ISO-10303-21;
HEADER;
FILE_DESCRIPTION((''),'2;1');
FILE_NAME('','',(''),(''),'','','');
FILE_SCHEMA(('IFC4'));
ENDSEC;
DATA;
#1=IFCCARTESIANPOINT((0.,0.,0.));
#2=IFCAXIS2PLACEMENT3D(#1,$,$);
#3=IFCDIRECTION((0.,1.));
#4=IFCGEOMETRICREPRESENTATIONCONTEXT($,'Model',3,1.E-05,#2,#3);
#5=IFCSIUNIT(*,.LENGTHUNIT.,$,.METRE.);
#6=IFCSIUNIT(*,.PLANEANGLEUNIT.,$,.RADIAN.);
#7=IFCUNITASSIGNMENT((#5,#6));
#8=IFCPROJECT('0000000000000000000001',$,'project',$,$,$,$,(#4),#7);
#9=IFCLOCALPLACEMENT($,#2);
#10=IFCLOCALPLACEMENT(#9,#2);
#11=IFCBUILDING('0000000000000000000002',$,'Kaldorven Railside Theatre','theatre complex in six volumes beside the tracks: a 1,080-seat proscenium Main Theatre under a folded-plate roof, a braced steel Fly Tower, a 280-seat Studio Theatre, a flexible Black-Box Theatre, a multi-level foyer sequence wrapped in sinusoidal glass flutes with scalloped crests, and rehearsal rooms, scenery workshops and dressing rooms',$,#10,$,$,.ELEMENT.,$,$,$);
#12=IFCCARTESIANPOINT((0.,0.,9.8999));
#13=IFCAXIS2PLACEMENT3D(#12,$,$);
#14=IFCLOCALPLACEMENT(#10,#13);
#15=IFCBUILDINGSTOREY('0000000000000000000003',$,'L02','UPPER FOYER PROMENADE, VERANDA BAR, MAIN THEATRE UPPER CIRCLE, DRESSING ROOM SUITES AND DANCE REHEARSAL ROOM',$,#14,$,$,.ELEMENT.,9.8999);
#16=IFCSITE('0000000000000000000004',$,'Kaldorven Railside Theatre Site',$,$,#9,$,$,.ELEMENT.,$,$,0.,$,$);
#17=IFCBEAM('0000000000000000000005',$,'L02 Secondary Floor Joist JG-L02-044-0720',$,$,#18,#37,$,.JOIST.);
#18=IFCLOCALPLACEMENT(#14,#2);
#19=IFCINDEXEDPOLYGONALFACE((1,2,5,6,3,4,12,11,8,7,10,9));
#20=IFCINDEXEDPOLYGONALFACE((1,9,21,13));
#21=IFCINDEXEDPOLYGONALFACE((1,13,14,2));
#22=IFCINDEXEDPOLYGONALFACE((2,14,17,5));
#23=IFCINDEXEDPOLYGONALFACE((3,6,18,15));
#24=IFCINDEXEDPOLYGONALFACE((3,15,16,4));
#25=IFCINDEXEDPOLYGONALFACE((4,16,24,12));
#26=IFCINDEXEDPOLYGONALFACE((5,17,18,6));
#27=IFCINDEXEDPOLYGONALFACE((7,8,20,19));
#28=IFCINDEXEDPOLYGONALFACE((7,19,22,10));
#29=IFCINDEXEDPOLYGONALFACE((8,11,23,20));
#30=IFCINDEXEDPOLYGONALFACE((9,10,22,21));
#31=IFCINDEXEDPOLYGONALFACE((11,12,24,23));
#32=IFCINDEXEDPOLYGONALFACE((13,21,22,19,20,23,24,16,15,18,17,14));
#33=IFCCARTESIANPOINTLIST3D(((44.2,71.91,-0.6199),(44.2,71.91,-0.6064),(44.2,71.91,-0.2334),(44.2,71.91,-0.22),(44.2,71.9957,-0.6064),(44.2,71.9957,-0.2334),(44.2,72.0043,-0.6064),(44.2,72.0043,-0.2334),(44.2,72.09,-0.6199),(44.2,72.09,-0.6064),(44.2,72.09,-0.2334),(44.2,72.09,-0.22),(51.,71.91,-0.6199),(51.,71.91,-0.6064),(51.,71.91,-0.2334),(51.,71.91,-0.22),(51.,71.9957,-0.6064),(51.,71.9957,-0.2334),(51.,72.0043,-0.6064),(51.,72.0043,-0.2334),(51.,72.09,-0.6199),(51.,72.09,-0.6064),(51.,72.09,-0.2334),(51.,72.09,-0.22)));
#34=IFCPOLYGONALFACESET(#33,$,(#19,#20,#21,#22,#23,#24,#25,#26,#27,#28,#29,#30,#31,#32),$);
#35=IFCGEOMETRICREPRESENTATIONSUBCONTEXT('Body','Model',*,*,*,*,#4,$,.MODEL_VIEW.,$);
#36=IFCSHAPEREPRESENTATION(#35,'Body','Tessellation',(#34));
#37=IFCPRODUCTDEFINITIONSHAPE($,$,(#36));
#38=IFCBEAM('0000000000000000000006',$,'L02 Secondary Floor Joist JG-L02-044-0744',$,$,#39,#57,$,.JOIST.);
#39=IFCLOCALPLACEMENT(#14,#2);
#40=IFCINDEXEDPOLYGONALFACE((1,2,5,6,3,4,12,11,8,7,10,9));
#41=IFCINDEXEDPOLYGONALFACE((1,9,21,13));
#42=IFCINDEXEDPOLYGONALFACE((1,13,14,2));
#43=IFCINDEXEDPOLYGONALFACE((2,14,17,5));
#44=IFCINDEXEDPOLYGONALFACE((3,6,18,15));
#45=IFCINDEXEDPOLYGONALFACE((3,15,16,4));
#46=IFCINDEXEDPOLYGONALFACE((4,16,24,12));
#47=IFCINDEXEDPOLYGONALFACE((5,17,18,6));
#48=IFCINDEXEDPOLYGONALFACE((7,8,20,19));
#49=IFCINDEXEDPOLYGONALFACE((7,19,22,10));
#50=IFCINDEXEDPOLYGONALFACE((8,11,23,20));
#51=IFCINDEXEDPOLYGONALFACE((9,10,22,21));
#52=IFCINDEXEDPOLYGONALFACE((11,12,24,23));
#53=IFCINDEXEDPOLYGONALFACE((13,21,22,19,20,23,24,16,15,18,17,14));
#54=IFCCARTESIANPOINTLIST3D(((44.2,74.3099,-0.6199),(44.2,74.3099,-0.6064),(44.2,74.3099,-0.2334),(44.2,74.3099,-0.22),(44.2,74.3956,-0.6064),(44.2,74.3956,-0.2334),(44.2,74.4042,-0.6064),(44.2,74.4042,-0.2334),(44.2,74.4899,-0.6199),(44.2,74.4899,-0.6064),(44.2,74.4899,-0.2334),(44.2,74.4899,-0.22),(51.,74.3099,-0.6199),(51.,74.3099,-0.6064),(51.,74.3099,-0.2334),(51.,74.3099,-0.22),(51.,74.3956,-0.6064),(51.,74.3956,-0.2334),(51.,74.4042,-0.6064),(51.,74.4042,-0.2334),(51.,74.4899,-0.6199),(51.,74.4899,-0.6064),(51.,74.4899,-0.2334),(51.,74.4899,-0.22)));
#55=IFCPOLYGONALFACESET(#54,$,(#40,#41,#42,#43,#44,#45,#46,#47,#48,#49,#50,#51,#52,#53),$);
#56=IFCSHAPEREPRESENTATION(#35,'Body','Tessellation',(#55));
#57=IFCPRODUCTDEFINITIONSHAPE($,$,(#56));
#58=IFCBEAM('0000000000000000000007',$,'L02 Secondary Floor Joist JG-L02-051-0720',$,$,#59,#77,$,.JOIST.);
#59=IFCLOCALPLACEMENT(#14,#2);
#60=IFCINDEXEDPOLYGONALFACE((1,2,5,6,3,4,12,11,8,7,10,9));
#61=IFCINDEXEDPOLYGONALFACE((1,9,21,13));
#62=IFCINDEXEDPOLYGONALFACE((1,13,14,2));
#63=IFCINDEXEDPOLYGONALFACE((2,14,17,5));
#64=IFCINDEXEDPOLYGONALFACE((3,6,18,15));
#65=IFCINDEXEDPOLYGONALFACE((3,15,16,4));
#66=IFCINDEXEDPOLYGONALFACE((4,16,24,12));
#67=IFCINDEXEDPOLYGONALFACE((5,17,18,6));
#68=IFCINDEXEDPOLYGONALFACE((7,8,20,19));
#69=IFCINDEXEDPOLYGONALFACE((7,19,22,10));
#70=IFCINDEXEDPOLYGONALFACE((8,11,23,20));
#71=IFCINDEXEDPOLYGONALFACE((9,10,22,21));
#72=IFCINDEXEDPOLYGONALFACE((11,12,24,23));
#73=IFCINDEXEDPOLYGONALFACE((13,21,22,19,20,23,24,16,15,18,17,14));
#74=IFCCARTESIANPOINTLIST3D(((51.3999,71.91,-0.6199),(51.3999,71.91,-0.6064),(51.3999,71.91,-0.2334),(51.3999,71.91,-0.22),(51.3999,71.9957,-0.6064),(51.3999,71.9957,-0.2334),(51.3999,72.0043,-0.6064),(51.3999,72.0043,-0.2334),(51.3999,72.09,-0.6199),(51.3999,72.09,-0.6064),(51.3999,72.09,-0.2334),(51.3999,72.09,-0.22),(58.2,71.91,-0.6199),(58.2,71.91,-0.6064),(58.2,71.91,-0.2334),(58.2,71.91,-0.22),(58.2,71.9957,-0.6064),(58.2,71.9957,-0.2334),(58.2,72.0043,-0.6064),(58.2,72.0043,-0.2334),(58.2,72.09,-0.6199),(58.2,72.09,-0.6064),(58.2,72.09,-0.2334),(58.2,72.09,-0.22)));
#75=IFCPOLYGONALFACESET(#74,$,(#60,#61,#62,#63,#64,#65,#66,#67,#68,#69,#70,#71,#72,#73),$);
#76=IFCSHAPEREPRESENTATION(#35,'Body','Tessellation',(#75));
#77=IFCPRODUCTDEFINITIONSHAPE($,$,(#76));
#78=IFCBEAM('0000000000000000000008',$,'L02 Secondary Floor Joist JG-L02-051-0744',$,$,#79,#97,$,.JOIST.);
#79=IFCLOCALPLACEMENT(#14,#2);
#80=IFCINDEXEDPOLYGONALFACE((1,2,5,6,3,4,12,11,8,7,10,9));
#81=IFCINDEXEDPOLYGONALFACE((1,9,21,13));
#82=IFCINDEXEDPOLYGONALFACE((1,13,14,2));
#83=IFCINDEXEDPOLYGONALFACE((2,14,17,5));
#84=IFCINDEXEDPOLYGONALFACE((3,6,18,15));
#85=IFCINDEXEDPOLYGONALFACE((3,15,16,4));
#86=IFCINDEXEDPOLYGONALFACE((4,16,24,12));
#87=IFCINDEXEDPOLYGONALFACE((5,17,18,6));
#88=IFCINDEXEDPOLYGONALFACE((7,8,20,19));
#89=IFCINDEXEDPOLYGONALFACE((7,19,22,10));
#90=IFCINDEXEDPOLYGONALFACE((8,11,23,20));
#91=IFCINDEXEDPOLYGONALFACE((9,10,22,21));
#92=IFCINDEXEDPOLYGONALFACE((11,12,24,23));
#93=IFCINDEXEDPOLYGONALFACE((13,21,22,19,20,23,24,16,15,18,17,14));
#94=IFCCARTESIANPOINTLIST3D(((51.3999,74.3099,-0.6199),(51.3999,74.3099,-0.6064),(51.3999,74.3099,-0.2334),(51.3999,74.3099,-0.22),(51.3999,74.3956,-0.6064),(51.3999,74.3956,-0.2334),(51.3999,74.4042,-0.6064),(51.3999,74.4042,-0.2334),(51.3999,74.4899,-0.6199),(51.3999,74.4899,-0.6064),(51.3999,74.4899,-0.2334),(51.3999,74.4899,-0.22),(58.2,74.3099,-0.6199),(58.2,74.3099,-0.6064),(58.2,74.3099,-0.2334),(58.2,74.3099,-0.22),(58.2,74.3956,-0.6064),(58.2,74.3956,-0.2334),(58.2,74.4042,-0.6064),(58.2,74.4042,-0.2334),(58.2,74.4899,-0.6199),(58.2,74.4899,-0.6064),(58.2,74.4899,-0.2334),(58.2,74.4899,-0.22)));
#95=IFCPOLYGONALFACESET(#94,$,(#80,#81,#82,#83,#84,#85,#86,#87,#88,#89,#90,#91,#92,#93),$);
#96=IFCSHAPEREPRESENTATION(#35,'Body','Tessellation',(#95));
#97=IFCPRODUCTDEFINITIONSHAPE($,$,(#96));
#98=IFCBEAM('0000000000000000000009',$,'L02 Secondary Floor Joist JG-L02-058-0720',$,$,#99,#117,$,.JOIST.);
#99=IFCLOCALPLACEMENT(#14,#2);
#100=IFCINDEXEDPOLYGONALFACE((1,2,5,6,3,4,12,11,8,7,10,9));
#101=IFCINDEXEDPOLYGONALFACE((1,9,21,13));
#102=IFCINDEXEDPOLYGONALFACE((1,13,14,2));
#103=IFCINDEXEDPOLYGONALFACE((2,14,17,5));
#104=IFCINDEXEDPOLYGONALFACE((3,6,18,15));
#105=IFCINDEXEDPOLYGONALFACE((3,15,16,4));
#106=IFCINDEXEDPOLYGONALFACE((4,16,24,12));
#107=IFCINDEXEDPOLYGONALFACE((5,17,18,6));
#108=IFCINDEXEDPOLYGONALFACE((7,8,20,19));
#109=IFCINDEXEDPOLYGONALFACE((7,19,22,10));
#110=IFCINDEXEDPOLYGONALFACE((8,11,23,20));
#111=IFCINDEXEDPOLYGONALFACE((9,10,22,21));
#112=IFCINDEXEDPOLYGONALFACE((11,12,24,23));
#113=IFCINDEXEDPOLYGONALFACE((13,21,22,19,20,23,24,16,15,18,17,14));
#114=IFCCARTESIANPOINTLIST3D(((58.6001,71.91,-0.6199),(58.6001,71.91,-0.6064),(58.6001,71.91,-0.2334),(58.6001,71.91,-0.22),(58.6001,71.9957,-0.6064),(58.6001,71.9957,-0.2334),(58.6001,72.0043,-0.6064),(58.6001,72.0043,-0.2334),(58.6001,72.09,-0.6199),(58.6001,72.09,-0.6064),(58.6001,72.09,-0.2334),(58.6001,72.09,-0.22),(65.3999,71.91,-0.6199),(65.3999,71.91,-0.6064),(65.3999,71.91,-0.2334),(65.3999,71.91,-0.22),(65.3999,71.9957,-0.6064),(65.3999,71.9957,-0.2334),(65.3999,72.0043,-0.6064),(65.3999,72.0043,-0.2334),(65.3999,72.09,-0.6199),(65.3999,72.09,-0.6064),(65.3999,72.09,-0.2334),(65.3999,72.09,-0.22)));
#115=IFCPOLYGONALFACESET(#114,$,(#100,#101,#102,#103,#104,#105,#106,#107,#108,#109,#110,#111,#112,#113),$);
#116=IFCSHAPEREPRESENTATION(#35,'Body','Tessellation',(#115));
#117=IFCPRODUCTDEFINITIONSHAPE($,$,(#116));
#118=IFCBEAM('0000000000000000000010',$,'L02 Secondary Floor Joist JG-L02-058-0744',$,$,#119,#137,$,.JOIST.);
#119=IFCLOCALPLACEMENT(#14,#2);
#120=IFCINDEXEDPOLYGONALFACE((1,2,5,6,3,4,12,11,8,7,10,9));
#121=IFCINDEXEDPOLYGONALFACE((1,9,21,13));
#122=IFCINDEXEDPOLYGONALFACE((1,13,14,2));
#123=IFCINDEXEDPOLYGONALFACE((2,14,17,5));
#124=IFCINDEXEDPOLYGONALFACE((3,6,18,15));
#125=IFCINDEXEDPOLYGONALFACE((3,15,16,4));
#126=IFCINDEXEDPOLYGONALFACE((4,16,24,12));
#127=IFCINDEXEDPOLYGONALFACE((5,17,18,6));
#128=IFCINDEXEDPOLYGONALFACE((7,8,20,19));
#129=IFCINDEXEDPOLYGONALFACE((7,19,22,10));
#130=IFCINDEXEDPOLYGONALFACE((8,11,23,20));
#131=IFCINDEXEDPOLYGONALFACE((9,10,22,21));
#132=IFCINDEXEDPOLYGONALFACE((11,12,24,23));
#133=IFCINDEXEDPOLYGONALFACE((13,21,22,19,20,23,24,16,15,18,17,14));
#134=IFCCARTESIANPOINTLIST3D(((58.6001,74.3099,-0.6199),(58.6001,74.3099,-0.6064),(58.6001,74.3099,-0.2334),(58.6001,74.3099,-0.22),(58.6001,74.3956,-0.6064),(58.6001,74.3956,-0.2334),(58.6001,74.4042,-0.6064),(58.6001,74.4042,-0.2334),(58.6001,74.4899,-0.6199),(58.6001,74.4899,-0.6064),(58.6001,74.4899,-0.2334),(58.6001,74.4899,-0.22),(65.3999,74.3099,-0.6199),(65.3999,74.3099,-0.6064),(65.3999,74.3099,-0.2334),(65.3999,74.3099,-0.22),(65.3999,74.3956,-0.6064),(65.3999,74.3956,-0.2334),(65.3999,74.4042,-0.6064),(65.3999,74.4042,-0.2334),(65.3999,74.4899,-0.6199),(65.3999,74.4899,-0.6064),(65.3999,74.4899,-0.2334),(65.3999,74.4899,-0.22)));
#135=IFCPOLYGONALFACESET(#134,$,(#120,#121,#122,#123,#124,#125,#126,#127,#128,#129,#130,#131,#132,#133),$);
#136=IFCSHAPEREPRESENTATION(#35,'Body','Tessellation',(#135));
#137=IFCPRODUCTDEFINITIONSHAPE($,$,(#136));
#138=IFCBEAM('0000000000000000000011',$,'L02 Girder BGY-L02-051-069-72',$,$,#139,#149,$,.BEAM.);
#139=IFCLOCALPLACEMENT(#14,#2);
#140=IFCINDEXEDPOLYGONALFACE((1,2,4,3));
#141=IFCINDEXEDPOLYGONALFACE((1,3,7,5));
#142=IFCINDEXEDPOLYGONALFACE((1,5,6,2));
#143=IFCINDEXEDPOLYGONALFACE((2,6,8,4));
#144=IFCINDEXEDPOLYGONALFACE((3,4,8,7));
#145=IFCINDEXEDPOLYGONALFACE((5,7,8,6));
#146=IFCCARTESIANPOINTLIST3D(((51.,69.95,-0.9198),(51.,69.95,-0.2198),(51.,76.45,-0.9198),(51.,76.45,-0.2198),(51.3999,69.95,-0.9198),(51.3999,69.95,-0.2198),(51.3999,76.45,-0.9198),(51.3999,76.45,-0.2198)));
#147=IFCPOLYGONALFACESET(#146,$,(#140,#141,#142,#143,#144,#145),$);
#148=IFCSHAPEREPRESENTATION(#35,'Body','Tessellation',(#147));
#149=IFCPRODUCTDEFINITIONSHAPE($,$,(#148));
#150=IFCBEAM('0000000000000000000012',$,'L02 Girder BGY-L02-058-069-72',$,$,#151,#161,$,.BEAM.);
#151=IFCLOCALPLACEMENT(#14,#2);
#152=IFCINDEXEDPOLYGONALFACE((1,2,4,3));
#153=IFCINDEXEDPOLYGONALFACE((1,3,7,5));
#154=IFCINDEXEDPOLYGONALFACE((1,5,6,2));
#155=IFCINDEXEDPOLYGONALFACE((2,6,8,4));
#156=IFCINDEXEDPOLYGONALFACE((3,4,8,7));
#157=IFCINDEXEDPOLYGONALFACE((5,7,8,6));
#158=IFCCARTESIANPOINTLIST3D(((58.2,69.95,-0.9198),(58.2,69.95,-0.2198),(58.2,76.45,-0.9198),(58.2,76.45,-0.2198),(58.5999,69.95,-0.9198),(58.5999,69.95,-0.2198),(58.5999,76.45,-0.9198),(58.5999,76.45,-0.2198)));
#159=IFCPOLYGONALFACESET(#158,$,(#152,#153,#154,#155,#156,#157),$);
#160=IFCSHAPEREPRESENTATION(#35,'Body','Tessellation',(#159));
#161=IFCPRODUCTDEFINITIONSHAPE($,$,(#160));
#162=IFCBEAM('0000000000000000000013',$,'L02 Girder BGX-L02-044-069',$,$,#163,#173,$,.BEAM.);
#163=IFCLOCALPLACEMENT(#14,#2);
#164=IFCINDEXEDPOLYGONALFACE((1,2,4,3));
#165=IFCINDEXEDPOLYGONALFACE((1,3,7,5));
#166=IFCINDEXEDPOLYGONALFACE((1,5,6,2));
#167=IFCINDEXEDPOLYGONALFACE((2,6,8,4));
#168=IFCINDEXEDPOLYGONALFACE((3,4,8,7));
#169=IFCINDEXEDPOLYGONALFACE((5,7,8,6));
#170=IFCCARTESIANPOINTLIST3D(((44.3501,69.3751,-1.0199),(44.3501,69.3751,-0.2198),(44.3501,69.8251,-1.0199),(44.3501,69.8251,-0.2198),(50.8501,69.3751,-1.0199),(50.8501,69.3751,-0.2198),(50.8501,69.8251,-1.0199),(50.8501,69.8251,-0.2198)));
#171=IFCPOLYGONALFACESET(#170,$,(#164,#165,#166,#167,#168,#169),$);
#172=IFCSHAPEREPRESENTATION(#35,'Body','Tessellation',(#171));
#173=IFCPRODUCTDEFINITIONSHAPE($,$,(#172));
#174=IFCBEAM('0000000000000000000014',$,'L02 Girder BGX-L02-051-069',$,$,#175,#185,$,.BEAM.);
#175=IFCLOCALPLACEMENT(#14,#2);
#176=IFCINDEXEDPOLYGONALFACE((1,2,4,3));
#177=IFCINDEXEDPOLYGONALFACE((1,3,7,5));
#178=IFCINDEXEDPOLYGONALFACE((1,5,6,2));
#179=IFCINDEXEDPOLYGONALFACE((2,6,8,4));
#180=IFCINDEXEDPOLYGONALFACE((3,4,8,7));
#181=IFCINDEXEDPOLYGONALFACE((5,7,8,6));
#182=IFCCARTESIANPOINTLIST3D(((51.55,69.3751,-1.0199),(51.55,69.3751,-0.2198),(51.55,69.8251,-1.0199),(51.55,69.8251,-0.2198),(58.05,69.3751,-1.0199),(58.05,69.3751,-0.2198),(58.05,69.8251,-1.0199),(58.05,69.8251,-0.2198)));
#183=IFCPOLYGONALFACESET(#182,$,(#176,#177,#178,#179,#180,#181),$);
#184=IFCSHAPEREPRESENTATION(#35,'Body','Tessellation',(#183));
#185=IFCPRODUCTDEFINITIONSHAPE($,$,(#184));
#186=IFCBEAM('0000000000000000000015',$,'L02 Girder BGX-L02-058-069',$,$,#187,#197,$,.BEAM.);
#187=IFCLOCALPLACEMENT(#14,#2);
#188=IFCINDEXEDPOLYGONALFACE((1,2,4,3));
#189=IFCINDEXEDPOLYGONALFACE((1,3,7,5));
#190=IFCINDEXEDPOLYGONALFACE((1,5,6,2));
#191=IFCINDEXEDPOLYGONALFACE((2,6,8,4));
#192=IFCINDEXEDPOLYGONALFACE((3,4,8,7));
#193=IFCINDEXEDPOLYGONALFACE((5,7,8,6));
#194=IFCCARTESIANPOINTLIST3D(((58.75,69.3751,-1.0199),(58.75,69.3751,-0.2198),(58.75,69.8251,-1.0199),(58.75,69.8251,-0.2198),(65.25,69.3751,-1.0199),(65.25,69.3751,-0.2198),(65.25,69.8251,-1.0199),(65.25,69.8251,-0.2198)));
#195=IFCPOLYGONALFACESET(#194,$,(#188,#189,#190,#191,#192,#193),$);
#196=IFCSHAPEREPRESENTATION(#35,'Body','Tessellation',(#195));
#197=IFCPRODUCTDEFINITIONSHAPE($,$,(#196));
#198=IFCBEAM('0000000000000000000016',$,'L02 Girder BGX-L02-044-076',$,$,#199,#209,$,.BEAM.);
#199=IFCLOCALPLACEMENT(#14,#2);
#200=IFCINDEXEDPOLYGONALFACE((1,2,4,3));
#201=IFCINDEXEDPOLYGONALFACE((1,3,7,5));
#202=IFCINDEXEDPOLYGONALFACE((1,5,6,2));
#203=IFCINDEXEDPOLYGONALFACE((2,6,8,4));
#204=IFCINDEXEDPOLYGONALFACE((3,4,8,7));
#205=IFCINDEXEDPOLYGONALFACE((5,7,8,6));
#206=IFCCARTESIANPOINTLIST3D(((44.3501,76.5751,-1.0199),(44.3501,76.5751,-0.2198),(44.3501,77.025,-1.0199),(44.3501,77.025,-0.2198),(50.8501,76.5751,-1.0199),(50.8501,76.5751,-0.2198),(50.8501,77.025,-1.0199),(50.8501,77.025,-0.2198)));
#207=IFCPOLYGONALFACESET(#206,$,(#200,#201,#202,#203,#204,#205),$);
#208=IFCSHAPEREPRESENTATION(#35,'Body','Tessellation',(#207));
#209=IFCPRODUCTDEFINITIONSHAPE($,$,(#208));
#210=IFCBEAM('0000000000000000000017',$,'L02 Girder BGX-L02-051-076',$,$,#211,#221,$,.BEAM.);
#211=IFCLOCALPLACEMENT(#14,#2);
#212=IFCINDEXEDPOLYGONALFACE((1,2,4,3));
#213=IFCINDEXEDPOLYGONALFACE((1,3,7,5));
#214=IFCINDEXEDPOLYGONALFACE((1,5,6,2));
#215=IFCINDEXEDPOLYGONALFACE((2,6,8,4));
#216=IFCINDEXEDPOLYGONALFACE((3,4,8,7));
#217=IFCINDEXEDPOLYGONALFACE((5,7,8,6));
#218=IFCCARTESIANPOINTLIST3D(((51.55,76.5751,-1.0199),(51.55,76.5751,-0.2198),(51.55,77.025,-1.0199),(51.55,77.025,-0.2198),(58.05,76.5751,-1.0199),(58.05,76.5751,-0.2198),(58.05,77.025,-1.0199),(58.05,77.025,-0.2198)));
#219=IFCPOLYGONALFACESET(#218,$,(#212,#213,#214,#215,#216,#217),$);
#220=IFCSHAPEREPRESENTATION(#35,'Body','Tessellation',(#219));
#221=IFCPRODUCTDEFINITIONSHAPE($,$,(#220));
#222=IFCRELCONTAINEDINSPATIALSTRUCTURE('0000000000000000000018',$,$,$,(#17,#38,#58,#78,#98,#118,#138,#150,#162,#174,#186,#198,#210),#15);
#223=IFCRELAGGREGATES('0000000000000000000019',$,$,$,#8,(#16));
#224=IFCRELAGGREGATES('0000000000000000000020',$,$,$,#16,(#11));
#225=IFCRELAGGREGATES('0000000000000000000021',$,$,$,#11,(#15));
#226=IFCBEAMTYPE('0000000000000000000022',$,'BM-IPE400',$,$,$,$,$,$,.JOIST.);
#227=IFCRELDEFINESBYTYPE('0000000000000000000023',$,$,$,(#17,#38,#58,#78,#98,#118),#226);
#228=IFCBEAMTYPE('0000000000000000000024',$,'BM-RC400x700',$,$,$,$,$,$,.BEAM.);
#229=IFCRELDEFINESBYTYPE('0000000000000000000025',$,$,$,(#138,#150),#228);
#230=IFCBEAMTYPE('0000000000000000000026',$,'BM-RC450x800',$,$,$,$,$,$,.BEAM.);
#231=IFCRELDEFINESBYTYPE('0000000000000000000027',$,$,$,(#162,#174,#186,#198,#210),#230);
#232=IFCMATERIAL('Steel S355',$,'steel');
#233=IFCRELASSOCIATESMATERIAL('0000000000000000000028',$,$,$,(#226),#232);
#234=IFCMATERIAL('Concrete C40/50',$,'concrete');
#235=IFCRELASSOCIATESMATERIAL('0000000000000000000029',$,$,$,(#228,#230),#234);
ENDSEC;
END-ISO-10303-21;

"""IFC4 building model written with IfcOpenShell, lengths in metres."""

from ifc_helpers import new_model, si_unit, direction, frame, origin, origin_2d, place, context, subcontext, project, spatial, rectangle, i_section, extrude, material, material_profile, profile_set, type_object, element, save


model = new_model("IFC4")

# Units and contexts
model_context = context("Model", 3, precision=1e-05, world=origin(), true_north=direction((0.0, 1.0)))
body_context = subcontext(model_context, "Body", "Model", "MODEL_VIEW")
ifc_project = project(units=[si_unit("LENGTHUNIT", "METRE"), si_unit("PLANEANGLEUNIT", "RADIAN")], contexts=[model_context])

# Site, building, storey
site_placement = place(None, origin())
site = spatial("IfcSite", under=ifc_project, at=site_placement, Name="Kaldorven Railside Theatre Site", CompositionType="ELEMENT", RefElevation=0.0)
building_placement = place(site_placement, origin())
building = spatial("IfcBuilding", under=site, at=building_placement, Name="Kaldorven Railside Theatre", Description="theatre complex in six volumes beside the tracks: a 1,080-seat proscenium Main Theatre under a folded-plate roof, a braced steel Fly Tower, a 280-seat Studio Theatre, a flexible Black-Box Theatre, a multi-level foyer sequence wrapped in sinusoidal glass flutes with scalloped crests, and rehearsal rooms, scenery workshops and dressing rooms", CompositionType="ELEMENT")
storey_placement = place(building_placement, frame((0.0, 0.0, 9.8999)))
storey = spatial("IfcBuildingStorey", under=building, at=storey_placement, Name="L02", Description="UPPER FOYER PROMENADE, VERANDA BAR, MAIN THEATRE UPPER CIRCLE, DRESSING ROOM SUITES AND DANCE REHEARSAL ROOM", CompositionType="ELEMENT", Elevation=9.8999)

# Beams
ifc_material_1 = material(Name="Steel S355", Category="steel")
ifc_material_profile_1 = material_profile(ifc_material_1, i_section(OverallWidth=0.1799, OverallDepth=0.3999, WebThickness=0.0085, FlangeThickness=0.0134, at=origin_2d()), Name="IPE 400")
ifc_profile_set_1 = profile_set([ifc_material_profile_1], Name="Steel S355")
beam_type_1 = type_object("IfcBeamType", Name="BM-IPE400", PredefinedType="JOIST", material=ifc_profile_set_1)
for number, where, z_axis, x_axis, name in (
    (1, (44.2, 72.0, -0.4199), (1.0, 0.0, 0.0), (0.0, 1.0, 0.0), "L02 Secondary Floor Joist JG-L02-044-0720"),
    (2, (44.2, 74.3999, -0.4199), (1.0, 0.0, 0.0), (0.0, 1.0, 0.0), "L02 Secondary Floor Joist JG-L02-044-0744"),
    (3, (51.3999, 72.0, -0.4199), (1.0, 0.0, 0.0), (0.0, 1.0, 0.0), "L02 Secondary Floor Joist JG-L02-051-0720"),
    (4, (51.3999, 74.3999, -0.4199), (1.0, 0.0, 0.0), (0.0, 1.0, 0.0), "L02 Secondary Floor Joist JG-L02-051-0744"),
):
    element("IfcBeam", number, at=place(storey_placement, frame(where, z_axis=z_axis, x_axis=x_axis)), inside=storey, type_object=beam_type_1, Name=name, PredefinedType="JOIST", context=body_context, shape_type="SweptSolid", body=[
        extrude(i_section(OverallWidth=0.1799, OverallDepth=0.3999, WebThickness=0.0085, FlangeThickness=0.0134, at=origin_2d()), origin(), (0.0, 0.0, 1.0), 6.8),
    ])
for number, where, z_axis, x_axis, name in (
    (5, (58.6001, 72.0, -0.4199), (1.0, 0.0, 0.0), (0.0, 1.0, 0.0), "L02 Secondary Floor Joist JG-L02-058-0720"),
    (6, (58.6001, 74.3999, -0.4199), (1.0, 0.0, 0.0), (0.0, 1.0, 0.0), "L02 Secondary Floor Joist JG-L02-058-0744"),
):
    element("IfcBeam", number, at=place(storey_placement, frame(where, z_axis=z_axis, x_axis=x_axis)), inside=storey, type_object=beam_type_1, Name=name, PredefinedType="JOIST", context=body_context, shape_type="SweptSolid", body=[
        extrude(i_section(OverallWidth=0.1799, OverallDepth=0.3999, WebThickness=0.0085, FlangeThickness=0.0134, at=origin_2d()), origin(), (0.0, 0.0, 1.0), 6.7998),
    ])
ifc_material_2 = material(Name="Concrete C40/50", Category="concrete")
ifc_material_profile_2 = material_profile(ifc_material_2, rectangle(XDim=0.3999, YDim=0.7, at=origin_2d()), Name="RC 400x700")
ifc_profile_set_2 = profile_set([ifc_material_profile_2], Name="Concrete C40/50")
beam_type_2 = type_object("IfcBeamType", Name="BM-RC400x700", PredefinedType="BEAM", material=ifc_profile_set_2)
for number, where, z_axis, x_axis, name in (
    (7, (51.2, 69.95, -0.5698), (0.0, 1.0, 0.0), (-1.0, 0.0, 0.0), "L02 Girder BGY-L02-051-069-72"),
    (8, (58.3999, 69.95, -0.5698), (0.0, 1.0, 0.0), (-1.0, 0.0, 0.0), "L02 Girder BGY-L02-058-069-72"),
):
    element("IfcBeam", number, at=place(storey_placement, frame(where, z_axis=z_axis, x_axis=x_axis)), inside=storey, type_object=beam_type_2, Name=name, PredefinedType="BEAM", context=body_context, shape_type="SweptSolid", body=[
        extrude(rectangle(XDim=0.3999, YDim=0.7, at=origin_2d()), origin(), (0.0, 0.0, 1.0), 6.5),
    ])
ifc_material_profile_3 = material_profile(ifc_material_2, rectangle(XDim=0.45, YDim=0.8, at=origin_2d()), Name="RC 450x800")
ifc_profile_set_3 = profile_set([ifc_material_profile_3], Name="Concrete C40/50")
beam_type_3 = type_object("IfcBeamType", Name="BM-RC450x800", PredefinedType="BEAM", material=ifc_profile_set_3)
for number, where, z_axis, x_axis, name in (
    (9, (44.3501, 69.6001, -0.6199), (1.0, 0.0, 0.0), (0.0, 1.0, 0.0), "L02 Girder BGX-L02-044-069"),
    (10, (51.55, 69.6001, -0.6199), (1.0, 0.0, 0.0), (0.0, 1.0, 0.0), "L02 Girder BGX-L02-051-069"),
    (11, (58.75, 69.6001, -0.6199), (1.0, 0.0, 0.0), (0.0, 1.0, 0.0), "L02 Girder BGX-L02-058-069"),
    (12, (44.3501, 76.8, -0.6199), (1.0, 0.0, 0.0), (0.0, 1.0, 0.0), "L02 Girder BGX-L02-044-076"),
    (13, (51.55, 76.8, -0.6199), (1.0, 0.0, 0.0), (0.0, 1.0, 0.0), "L02 Girder BGX-L02-051-076"),
):
    element("IfcBeam", number, at=place(storey_placement, frame(where, z_axis=z_axis, x_axis=x_axis)), inside=storey, type_object=beam_type_3, Name=name, PredefinedType="BEAM", context=body_context, shape_type="SweptSolid", body=[
        extrude(rectangle(XDim=0.45, YDim=0.8, at=origin_2d()), origin(), (0.0, 0.0, 1.0), 6.5),
    ])

save(model, "model.ifc")
